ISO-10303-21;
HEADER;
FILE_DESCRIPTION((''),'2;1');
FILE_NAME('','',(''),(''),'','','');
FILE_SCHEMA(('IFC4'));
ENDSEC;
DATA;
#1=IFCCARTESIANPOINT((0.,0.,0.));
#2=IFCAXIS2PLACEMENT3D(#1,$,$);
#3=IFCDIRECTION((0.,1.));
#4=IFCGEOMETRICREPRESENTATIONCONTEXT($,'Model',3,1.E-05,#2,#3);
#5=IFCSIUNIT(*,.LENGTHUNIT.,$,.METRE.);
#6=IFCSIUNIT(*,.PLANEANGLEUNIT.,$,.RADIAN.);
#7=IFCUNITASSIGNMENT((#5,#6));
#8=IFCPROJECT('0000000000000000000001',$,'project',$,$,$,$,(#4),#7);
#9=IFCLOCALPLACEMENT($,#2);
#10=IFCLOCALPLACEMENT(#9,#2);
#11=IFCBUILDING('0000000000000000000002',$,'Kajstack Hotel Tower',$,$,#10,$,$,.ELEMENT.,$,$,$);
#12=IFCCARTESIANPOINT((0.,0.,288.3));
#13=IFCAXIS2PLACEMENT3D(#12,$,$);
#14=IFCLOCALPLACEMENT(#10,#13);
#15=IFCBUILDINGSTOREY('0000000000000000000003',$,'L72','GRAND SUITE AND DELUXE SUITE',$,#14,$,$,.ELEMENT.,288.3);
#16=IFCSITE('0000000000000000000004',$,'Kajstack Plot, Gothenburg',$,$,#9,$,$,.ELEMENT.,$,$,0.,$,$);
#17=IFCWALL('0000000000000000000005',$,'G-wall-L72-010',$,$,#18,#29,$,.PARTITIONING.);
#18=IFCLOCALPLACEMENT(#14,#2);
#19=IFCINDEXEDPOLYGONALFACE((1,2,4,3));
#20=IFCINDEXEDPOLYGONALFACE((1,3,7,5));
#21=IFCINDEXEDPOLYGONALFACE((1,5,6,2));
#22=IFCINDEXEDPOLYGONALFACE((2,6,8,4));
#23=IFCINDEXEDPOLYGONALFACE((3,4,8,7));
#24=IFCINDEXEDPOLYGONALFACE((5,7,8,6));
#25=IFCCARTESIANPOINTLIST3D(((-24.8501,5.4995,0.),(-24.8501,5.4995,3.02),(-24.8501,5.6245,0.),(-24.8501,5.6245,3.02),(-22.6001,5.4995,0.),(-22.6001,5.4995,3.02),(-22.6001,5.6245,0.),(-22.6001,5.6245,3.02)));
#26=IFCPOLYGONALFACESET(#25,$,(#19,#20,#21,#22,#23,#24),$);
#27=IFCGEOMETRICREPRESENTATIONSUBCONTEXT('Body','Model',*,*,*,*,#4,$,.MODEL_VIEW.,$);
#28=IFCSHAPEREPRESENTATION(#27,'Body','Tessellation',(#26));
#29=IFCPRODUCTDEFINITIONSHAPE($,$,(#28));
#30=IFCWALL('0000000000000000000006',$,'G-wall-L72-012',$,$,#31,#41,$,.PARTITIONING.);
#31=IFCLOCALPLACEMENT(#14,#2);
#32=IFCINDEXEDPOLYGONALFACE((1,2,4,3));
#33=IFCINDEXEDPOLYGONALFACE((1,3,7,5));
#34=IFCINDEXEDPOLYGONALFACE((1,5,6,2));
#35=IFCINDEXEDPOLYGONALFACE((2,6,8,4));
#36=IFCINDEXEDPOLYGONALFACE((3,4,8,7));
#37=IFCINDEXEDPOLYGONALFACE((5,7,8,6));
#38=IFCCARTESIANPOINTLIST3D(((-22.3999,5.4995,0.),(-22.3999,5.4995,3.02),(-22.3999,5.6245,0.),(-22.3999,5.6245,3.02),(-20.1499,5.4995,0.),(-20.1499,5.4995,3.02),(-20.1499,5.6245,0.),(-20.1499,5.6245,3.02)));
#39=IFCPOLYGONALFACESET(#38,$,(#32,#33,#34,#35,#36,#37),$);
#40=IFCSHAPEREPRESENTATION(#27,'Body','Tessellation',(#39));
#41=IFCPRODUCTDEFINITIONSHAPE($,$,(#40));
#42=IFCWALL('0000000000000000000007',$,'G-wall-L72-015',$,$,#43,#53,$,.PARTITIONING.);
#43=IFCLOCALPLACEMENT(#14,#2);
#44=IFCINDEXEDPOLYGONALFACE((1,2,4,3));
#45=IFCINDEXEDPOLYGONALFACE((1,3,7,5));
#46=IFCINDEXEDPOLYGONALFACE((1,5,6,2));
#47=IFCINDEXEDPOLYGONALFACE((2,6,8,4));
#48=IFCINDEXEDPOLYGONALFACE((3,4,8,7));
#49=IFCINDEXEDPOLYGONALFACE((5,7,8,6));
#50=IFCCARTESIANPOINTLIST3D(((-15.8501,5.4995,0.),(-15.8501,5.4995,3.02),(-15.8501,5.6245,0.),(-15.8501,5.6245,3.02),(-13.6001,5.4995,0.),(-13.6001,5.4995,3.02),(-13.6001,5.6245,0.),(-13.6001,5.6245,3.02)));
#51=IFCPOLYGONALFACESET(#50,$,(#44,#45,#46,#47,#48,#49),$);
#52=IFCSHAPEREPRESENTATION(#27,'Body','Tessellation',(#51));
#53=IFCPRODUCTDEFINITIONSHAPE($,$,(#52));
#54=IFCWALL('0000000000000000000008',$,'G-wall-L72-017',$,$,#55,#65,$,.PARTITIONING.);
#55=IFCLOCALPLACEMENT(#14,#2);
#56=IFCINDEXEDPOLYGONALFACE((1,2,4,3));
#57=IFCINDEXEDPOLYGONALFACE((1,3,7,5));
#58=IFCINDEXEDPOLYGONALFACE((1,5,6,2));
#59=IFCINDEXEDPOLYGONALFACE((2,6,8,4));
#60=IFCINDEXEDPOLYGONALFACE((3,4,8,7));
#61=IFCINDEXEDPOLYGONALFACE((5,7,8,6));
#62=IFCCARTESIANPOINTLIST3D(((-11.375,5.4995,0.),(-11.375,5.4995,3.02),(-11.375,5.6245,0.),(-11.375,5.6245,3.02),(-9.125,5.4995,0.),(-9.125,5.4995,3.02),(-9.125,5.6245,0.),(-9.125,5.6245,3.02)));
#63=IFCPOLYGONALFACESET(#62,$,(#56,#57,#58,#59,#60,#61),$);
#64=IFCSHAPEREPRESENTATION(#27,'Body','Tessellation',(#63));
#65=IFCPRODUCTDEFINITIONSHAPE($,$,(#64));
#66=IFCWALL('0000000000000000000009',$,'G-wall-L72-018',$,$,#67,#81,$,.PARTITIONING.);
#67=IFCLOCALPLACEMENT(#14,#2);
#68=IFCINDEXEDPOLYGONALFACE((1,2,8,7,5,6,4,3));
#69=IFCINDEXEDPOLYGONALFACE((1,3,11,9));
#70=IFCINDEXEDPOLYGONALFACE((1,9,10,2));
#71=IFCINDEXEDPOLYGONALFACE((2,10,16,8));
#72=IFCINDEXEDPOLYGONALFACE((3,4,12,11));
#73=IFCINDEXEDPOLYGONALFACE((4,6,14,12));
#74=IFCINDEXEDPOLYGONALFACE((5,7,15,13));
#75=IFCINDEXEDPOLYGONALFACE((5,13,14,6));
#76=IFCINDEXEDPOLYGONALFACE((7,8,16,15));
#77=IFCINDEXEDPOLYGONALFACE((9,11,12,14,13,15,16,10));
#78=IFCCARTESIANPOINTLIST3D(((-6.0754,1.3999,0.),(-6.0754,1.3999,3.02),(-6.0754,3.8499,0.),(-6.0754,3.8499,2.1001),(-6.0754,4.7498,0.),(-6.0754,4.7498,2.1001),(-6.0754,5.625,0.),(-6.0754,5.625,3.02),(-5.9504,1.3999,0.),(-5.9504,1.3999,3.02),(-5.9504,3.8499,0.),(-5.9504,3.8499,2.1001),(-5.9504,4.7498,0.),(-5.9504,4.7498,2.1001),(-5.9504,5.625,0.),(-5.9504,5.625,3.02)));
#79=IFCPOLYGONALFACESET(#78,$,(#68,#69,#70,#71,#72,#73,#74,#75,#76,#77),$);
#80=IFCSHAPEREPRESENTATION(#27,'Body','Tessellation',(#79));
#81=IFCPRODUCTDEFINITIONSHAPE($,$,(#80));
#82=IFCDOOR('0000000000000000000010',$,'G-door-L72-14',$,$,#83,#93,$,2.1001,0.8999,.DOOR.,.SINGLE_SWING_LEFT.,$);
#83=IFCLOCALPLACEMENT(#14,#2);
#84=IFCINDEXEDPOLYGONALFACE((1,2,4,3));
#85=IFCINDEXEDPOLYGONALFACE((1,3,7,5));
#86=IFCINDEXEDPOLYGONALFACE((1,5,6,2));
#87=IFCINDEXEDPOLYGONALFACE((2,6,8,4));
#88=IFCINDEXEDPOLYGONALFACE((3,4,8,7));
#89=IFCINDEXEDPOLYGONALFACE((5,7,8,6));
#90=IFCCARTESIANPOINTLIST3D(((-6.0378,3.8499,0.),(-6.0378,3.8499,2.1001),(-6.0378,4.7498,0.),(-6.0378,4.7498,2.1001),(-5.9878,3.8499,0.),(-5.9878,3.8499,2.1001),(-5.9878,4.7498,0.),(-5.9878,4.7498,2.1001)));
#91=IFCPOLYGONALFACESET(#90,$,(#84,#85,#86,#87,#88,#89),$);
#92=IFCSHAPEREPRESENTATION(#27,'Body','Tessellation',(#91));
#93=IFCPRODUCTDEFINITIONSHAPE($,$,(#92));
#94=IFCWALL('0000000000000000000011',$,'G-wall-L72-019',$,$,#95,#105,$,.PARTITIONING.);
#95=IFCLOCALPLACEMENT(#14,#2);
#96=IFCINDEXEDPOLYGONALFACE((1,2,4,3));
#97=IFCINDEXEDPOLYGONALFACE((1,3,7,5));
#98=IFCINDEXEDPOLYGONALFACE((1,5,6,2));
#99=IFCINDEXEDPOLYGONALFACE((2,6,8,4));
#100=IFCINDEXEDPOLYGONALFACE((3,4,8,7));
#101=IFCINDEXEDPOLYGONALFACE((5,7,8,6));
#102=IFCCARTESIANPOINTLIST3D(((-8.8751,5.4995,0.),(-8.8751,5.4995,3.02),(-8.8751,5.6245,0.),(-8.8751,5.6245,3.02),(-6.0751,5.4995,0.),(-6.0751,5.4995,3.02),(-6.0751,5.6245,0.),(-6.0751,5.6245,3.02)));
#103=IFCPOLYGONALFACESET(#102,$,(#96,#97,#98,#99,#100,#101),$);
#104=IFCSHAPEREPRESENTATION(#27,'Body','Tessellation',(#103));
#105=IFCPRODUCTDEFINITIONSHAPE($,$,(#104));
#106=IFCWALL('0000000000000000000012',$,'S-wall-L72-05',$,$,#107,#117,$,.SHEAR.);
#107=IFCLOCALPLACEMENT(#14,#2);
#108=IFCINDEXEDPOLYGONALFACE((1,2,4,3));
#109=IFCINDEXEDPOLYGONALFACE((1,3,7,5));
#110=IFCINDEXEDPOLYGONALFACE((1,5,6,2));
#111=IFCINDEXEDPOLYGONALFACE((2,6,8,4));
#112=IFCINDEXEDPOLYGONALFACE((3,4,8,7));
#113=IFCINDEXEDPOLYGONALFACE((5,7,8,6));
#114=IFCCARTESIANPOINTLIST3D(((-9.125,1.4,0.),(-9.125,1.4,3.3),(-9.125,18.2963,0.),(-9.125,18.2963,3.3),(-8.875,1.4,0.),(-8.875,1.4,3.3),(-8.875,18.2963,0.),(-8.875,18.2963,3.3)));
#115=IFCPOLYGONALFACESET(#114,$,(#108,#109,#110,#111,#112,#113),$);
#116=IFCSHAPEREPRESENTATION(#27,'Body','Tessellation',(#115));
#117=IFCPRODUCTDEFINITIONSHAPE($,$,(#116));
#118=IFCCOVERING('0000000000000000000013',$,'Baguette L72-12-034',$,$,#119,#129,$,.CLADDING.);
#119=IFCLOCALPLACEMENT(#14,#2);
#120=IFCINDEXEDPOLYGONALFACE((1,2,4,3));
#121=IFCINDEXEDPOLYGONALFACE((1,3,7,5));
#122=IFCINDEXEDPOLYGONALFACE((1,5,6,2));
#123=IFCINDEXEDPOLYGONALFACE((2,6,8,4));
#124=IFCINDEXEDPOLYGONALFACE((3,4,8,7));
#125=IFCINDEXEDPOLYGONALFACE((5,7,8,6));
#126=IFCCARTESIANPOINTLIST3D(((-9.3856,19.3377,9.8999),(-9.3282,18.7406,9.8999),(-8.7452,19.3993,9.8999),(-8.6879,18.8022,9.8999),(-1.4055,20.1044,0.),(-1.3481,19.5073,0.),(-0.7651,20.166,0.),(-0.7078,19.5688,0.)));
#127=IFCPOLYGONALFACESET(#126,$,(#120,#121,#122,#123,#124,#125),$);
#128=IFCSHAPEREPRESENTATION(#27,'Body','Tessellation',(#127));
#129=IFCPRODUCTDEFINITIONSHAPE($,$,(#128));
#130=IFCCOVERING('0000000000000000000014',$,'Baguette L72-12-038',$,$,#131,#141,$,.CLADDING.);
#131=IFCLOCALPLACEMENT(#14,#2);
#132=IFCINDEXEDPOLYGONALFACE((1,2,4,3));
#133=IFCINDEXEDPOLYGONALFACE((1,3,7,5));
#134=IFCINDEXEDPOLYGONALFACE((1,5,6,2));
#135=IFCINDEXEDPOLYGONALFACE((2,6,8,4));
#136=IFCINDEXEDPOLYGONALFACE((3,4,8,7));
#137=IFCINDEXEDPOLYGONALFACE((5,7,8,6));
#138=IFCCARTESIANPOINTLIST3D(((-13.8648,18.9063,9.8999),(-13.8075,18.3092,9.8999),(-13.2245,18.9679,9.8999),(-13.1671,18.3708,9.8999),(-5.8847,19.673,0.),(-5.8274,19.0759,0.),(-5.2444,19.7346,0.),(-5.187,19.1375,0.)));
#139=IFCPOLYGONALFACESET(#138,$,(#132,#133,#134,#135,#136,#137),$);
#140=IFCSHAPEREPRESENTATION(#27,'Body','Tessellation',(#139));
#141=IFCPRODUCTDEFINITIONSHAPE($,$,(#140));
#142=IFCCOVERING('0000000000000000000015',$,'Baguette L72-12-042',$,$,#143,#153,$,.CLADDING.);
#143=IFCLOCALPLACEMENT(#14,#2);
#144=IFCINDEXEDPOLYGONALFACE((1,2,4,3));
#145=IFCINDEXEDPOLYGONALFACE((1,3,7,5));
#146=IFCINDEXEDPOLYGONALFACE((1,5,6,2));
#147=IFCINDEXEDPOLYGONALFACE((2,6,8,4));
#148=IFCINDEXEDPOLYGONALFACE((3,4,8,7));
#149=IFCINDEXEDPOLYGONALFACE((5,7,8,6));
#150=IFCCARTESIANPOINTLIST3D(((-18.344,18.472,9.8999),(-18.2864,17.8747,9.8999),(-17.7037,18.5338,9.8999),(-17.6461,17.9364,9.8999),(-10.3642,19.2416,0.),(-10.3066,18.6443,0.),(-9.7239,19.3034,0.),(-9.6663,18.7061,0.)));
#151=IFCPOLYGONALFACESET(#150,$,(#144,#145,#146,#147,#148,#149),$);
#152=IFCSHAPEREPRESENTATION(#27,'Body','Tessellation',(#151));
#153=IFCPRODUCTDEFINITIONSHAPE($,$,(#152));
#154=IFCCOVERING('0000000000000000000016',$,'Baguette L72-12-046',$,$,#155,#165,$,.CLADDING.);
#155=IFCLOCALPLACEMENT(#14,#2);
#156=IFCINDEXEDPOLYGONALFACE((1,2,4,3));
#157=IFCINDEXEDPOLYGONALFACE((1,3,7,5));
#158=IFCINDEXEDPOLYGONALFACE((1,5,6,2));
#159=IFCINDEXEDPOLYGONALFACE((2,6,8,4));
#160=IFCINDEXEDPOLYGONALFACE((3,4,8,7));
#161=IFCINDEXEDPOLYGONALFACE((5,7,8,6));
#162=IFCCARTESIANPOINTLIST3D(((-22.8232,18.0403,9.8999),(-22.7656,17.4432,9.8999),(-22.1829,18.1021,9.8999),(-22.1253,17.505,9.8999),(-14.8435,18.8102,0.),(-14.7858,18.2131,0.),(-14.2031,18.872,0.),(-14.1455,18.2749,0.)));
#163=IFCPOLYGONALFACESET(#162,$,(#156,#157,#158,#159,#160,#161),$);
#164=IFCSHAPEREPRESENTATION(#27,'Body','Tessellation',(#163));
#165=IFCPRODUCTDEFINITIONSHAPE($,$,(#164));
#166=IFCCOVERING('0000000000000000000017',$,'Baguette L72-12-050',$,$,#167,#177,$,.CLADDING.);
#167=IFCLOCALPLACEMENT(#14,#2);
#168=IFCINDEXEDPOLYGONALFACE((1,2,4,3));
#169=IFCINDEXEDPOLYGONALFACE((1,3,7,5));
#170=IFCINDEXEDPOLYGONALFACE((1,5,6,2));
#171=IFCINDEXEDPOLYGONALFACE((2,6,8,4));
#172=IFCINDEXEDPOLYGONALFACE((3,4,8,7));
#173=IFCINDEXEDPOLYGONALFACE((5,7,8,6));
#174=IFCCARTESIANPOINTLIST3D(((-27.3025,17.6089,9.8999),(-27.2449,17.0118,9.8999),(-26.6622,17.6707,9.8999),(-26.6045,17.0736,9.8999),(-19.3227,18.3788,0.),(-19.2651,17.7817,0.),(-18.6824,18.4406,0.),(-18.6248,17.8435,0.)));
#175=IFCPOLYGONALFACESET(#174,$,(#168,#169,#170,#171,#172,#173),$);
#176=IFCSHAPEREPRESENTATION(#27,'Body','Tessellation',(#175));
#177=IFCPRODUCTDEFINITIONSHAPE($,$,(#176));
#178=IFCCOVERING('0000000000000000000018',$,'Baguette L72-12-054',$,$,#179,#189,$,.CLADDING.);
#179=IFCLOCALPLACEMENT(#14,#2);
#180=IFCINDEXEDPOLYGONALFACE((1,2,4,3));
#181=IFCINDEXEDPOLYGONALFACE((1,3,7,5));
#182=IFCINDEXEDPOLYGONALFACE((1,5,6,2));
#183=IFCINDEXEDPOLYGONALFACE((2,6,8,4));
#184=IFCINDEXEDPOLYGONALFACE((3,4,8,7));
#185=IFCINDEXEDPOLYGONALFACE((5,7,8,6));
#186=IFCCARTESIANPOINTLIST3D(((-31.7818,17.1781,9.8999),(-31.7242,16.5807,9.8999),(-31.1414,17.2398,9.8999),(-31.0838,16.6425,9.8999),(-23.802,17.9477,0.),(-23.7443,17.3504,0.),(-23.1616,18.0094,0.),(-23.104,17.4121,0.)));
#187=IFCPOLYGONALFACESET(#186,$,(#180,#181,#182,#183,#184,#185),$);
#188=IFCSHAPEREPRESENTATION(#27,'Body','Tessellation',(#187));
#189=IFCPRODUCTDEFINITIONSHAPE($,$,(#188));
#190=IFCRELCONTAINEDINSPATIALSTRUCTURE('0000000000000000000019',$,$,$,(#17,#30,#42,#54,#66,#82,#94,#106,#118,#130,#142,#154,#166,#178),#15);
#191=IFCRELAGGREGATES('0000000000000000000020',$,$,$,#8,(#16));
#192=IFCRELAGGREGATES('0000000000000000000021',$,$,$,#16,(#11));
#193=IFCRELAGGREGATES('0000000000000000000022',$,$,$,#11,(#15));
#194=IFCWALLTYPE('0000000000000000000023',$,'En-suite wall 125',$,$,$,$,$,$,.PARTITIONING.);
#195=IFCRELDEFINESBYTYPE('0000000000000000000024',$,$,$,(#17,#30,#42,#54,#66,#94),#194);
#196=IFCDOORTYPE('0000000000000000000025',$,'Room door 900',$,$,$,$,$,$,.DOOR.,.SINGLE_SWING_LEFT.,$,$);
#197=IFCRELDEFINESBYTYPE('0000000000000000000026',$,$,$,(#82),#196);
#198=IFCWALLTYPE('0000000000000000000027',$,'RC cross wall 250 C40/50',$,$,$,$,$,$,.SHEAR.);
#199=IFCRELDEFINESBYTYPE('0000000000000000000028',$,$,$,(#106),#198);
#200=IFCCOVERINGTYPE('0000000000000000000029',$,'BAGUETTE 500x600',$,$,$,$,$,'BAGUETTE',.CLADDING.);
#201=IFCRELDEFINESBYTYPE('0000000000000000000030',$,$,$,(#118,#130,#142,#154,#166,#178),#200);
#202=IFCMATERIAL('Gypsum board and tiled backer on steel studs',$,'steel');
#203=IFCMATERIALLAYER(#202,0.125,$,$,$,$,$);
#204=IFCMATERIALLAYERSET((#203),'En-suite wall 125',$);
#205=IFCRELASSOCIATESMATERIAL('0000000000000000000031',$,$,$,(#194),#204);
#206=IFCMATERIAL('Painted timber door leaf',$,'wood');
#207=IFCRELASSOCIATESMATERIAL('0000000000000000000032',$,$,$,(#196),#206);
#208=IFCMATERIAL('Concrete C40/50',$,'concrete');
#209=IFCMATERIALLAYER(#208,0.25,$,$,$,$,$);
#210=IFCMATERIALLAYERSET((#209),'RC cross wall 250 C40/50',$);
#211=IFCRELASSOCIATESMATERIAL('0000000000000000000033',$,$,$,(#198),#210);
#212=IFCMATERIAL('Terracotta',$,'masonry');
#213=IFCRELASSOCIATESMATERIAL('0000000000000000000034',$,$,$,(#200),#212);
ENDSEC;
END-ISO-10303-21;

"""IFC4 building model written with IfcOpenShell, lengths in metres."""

from ifc_helpers import new_model, si_unit, direction, frame, frame_2d, origin, origin_2d, place, context, subcontext, project, spatial, polyline, rectangle, outline, extrude, material, layer, layer_set, material_profile, profile_set, type_object, element, fill, save


model = new_model("IFC4")

# Units and contexts
model_context = context("Model", 3, precision=1e-05, world=origin(), true_north=direction((0.0, 1.0)))
body_context = subcontext(model_context, "Body", "Model", "MODEL_VIEW")
ifc_project = project(units=[si_unit("LENGTHUNIT", "METRE"), si_unit("PLANEANGLEUNIT", "RADIAN")], contexts=[model_context])

# Site, building, storey
site_placement = place(None, origin())
site = spatial("IfcSite", under=ifc_project, at=site_placement, Name="Kajstack Plot, Gothenburg", CompositionType="ELEMENT", RefElevation=0.0)
building_placement = place(site_placement, origin())
building = spatial("IfcBuilding", under=site, at=building_placement, Name="Kajstack Hotel Tower", CompositionType="ELEMENT")
storey_placement = place(building_placement, frame((0.0, 0.0, 288.3)))
storey = spatial("IfcBuildingStorey", under=building, at=storey_placement, Name="L72", Description="GRAND SUITE AND DELUXE SUITE", CompositionType="ELEMENT", Elevation=288.3)

# Walls
ifc_material_1 = material(Name="Gypsum board and tiled backer on steel studs", Category="steel")
ifc_layer_1 = layer(ifc_material_1, 0.125)
ifc_layer_set_1 = layer_set([ifc_layer_1], Name="En-suite wall 125")
wall_type_1 = type_object("IfcWallType", Name="En-suite wall 125", PredefinedType="PARTITIONING", material=ifc_layer_set_1)
for number, where, z_axis, x_axis, name in (
    (1, (-24.8501, 5.562, 0.0), (0.0, 0.0, 1.0), (1.0, 0.0, 0.0), "G-wall-L72-010"),
    (2, (-22.3999, 5.562, 0.0), (0.0, 0.0, 1.0), (1.0, 0.0, 0.0), "G-wall-L72-012"),
    (3, (-15.8501, 5.562, 0.0), (0.0, 0.0, 1.0), (1.0, 0.0, 0.0), "G-wall-L72-015"),
    (4, (-11.375, 5.562, 0.0), (0.0, 0.0, 1.0), (1.0, 0.0, 0.0), "G-wall-L72-017"),
):
    element("IfcWall", number, at=place(storey_placement, frame(where, z_axis=z_axis, x_axis=x_axis)), inside=storey, type_object=wall_type_1, Name=name, PredefinedType="PARTITIONING", context=body_context, shape_type="SweptSolid", body=[
        extrude(rectangle(XDim=2.25, YDim=0.125, at=frame_2d((1.125, 0.0))), origin(), (0.0, 0.0, 1.0), 3.02),
    ])

# Wall, opening, door
wall_1_placement = place(storey_placement, frame((-6.0129, 1.3999, 0.0), z_axis=(0.0, 0.0, 1.0), x_axis=(0.0, 1.0, 0.0)))
wall_1 = element("IfcWall", 5, at=wall_1_placement, inside=storey, type_object=wall_type_1, Name="G-wall-L72-018", PredefinedType="PARTITIONING", context=body_context, shape_type="SweptSolid", body=[
    extrude(rectangle(XDim=4.2251, YDim=0.125, at=frame_2d((2.1125, 0.0))), origin(), (0.0, 0.0, 1.0), 3.02),
])
opening_placement = place(wall_1_placement, frame((2.45, 0.0, 0.0)))
opening = element("IfcOpeningElement", 6, at=opening_placement, cuts=wall_1, PredefinedType="OPENING", context=body_context, shape_type="SweptSolid", body=[
    extrude(rectangle(XDim=0.8999, YDim=2.1001, at=frame_2d((0.45, 1.05))), frame((0.0, 0.0725, 0.0), z_axis=(0.0, -1.0, 0.0), x_axis=(1.0, 0.0, 0.0)), (0.0, 0.0, 1.0), 0.145),
])
ifc_material_2 = material(Name="Painted timber door leaf", Category="wood")
door_type = type_object("IfcDoorType", Name="Room door 900", OperationType="SINGLE_SWING_LEFT", PredefinedType="DOOR", material=ifc_material_2)
door_placement = place(opening_placement, origin())
door = element("IfcDoor", 7, at=door_placement, inside=storey, type_object=door_type, Name="G-door-L72-14", OperationType="SINGLE_SWING_LEFT", OverallHeight=2.1001, OverallWidth=0.8999, PredefinedType="DOOR", context=body_context, shape_type="SweptSolid", body=[
    extrude(rectangle(XDim=0.8999, YDim=2.1001, at=frame_2d((0.45, 1.05))), frame((0.0, 0.0249, 0.0), z_axis=(0.0, -1.0, 0.0), x_axis=(1.0, 0.0, 0.0)), (0.0, 0.0, 1.0), 0.05),
])
fill(opening, door)

# Walls
wall_2_placement = place(storey_placement, frame((-8.875, 5.562, 0.0), z_axis=(0.0, 0.0, 1.0), x_axis=(1.0, 0.0, 0.0)))
element("IfcWall", 8, at=wall_2_placement, inside=storey, type_object=wall_type_1, Name="G-wall-L72-019", PredefinedType="PARTITIONING", context=body_context, shape_type="SweptSolid", body=[
    extrude(rectangle(XDim=2.8, YDim=0.125, at=frame_2d((1.3999, 0.0))), origin(), (0.0, 0.0, 1.0), 3.02),
])
ifc_material_3 = material(Name="Concrete C40/50", Category="concrete")
ifc_layer_2 = layer(ifc_material_3, 0.25)
ifc_layer_set_2 = layer_set([ifc_layer_2], Name="RC cross wall 250 C40/50")
wall_type_2 = type_object("IfcWallType", Name="RC cross wall 250 C40/50", PredefinedType="SHEAR", material=ifc_layer_set_2)
wall_3_placement = place(storey_placement, frame((-9.0, 1.3999, 0.0), z_axis=(0.0, 0.0, 1.0), x_axis=(0.0, 1.0, 0.0)))
element("IfcWall", 9, at=wall_3_placement, inside=storey, type_object=wall_type_2, Name="S-wall-L72-05", PredefinedType="SHEAR", context=body_context, shape_type="SweptSolid", body=[
    extrude(rectangle(XDim=16.8962, YDim=0.25, at=frame_2d((8.4482, 0.0))), origin(), (0.0, 0.0, 1.0), 3.3),
])

# Coverings
ifc_material_4 = material(Name="Terracotta", Category="masonry")
ifc_material_profile = material_profile(ifc_material_4, rectangle(XDim=0.6001, YDim=0.5, at=origin_2d()), Name="Terracotta-clad concrete baguette 500 x 600")
ifc_profile_set = profile_set([ifc_material_profile], Name="Terracotta")
covering_type = type_object("IfcCoveringType", Name="BAGUETTE 500x600", ElementType="BAGUETTE", PredefinedType="CLADDING", material=ifc_profile_set)
for number, where, z_axis, x_axis, name in (
    (10, (-0.7078, 19.5688, 0.0), (-0.095635, 0.995416, 0.0), (-0.995416, -0.095635, 0.0), "Baguette L72-12-034"),
    (11, (-5.187, 19.1375, 0.0), (-0.095635, 0.995416, 0.0), (-0.995416, -0.095635, 0.0), "Baguette L72-12-038"),
):
    element("IfcCovering", number, at=place(storey_placement, frame(where, z_axis=z_axis, x_axis=x_axis)), inside=storey, type_object=covering_type, Name=name, PredefinedType="CLADDING", context=body_context, shape_type="SweptSolid", body=[
        extrude(outline(polyline([(8.0168, 9.8999), (0.0, 0.0), (0.6433, 0.0), (8.6602, 9.8999), (8.0168, 9.8999)])), origin(), (0.0, 0.0, 1.0), 0.5999),
    ])
covering_1_placement = place(storey_placement, frame((-9.6663, 18.7061, 0.0), z_axis=(-0.095999, 0.995381, 0.0), x_axis=(-0.995381, -0.095999, 0.0)))
element("IfcCovering", 12, at=covering_1_placement, inside=storey, type_object=covering_type, Name="Baguette L72-12-042", PredefinedType="CLADDING", context=body_context, shape_type="SweptSolid", body=[
    extrude(outline(polyline([(8.0168, 9.8999), (0.0, 0.0), (0.6433, 0.0), (8.6602, 9.8999), (8.0168, 9.8999)])), origin(), (0.0, 0.0, 1.0), 0.6001),
])
for number, where, z_axis, x_axis, name in (
    (13, (-14.1455, 18.2749, 0.0), (-0.096038, 0.995378, 0.0), (-0.995378, -0.096038, 0.0), "Baguette L72-12-046"),
    (14, (-18.6248, 17.8435, 0.0), (-0.096038, 0.995378, 0.0), (-0.995378, -0.096038, 0.0), "Baguette L72-12-050"),
):
    element("IfcCovering", number, at=place(storey_placement, frame(where, z_axis=z_axis, x_axis=x_axis)), inside=storey, type_object=covering_type, Name=name, PredefinedType="CLADDING", context=body_context, shape_type="SweptSolid", body=[
        extrude(outline(polyline([(8.0168, 9.8999), (0.0, 0.0), (0.6433, 0.0), (8.6602, 9.8999), (8.0168, 9.8999)])), origin(), (0.0, 0.0, 1.0), 0.5999),
    ])
covering_2_placement = place(storey_placement, frame((-23.104, 17.4121, 0.0), z_axis=(-0.095999, 0.995381, 0.0), x_axis=(-0.995381, -0.095999, 0.0)))
element("IfcCovering", 15, at=covering_2_placement, inside=storey, type_object=covering_type, Name="Baguette L72-12-054", PredefinedType="CLADDING", context=body_context, shape_type="SweptSolid", body=[
    extrude(outline(polyline([(8.0168, 9.8999), (0.0, 0.0), (0.6433, 0.0), (8.6602, 9.8999), (8.0168, 9.8999)])), origin(), (0.0, 0.0, 1.0), 0.6001),
])

save(model, "model.ifc")
